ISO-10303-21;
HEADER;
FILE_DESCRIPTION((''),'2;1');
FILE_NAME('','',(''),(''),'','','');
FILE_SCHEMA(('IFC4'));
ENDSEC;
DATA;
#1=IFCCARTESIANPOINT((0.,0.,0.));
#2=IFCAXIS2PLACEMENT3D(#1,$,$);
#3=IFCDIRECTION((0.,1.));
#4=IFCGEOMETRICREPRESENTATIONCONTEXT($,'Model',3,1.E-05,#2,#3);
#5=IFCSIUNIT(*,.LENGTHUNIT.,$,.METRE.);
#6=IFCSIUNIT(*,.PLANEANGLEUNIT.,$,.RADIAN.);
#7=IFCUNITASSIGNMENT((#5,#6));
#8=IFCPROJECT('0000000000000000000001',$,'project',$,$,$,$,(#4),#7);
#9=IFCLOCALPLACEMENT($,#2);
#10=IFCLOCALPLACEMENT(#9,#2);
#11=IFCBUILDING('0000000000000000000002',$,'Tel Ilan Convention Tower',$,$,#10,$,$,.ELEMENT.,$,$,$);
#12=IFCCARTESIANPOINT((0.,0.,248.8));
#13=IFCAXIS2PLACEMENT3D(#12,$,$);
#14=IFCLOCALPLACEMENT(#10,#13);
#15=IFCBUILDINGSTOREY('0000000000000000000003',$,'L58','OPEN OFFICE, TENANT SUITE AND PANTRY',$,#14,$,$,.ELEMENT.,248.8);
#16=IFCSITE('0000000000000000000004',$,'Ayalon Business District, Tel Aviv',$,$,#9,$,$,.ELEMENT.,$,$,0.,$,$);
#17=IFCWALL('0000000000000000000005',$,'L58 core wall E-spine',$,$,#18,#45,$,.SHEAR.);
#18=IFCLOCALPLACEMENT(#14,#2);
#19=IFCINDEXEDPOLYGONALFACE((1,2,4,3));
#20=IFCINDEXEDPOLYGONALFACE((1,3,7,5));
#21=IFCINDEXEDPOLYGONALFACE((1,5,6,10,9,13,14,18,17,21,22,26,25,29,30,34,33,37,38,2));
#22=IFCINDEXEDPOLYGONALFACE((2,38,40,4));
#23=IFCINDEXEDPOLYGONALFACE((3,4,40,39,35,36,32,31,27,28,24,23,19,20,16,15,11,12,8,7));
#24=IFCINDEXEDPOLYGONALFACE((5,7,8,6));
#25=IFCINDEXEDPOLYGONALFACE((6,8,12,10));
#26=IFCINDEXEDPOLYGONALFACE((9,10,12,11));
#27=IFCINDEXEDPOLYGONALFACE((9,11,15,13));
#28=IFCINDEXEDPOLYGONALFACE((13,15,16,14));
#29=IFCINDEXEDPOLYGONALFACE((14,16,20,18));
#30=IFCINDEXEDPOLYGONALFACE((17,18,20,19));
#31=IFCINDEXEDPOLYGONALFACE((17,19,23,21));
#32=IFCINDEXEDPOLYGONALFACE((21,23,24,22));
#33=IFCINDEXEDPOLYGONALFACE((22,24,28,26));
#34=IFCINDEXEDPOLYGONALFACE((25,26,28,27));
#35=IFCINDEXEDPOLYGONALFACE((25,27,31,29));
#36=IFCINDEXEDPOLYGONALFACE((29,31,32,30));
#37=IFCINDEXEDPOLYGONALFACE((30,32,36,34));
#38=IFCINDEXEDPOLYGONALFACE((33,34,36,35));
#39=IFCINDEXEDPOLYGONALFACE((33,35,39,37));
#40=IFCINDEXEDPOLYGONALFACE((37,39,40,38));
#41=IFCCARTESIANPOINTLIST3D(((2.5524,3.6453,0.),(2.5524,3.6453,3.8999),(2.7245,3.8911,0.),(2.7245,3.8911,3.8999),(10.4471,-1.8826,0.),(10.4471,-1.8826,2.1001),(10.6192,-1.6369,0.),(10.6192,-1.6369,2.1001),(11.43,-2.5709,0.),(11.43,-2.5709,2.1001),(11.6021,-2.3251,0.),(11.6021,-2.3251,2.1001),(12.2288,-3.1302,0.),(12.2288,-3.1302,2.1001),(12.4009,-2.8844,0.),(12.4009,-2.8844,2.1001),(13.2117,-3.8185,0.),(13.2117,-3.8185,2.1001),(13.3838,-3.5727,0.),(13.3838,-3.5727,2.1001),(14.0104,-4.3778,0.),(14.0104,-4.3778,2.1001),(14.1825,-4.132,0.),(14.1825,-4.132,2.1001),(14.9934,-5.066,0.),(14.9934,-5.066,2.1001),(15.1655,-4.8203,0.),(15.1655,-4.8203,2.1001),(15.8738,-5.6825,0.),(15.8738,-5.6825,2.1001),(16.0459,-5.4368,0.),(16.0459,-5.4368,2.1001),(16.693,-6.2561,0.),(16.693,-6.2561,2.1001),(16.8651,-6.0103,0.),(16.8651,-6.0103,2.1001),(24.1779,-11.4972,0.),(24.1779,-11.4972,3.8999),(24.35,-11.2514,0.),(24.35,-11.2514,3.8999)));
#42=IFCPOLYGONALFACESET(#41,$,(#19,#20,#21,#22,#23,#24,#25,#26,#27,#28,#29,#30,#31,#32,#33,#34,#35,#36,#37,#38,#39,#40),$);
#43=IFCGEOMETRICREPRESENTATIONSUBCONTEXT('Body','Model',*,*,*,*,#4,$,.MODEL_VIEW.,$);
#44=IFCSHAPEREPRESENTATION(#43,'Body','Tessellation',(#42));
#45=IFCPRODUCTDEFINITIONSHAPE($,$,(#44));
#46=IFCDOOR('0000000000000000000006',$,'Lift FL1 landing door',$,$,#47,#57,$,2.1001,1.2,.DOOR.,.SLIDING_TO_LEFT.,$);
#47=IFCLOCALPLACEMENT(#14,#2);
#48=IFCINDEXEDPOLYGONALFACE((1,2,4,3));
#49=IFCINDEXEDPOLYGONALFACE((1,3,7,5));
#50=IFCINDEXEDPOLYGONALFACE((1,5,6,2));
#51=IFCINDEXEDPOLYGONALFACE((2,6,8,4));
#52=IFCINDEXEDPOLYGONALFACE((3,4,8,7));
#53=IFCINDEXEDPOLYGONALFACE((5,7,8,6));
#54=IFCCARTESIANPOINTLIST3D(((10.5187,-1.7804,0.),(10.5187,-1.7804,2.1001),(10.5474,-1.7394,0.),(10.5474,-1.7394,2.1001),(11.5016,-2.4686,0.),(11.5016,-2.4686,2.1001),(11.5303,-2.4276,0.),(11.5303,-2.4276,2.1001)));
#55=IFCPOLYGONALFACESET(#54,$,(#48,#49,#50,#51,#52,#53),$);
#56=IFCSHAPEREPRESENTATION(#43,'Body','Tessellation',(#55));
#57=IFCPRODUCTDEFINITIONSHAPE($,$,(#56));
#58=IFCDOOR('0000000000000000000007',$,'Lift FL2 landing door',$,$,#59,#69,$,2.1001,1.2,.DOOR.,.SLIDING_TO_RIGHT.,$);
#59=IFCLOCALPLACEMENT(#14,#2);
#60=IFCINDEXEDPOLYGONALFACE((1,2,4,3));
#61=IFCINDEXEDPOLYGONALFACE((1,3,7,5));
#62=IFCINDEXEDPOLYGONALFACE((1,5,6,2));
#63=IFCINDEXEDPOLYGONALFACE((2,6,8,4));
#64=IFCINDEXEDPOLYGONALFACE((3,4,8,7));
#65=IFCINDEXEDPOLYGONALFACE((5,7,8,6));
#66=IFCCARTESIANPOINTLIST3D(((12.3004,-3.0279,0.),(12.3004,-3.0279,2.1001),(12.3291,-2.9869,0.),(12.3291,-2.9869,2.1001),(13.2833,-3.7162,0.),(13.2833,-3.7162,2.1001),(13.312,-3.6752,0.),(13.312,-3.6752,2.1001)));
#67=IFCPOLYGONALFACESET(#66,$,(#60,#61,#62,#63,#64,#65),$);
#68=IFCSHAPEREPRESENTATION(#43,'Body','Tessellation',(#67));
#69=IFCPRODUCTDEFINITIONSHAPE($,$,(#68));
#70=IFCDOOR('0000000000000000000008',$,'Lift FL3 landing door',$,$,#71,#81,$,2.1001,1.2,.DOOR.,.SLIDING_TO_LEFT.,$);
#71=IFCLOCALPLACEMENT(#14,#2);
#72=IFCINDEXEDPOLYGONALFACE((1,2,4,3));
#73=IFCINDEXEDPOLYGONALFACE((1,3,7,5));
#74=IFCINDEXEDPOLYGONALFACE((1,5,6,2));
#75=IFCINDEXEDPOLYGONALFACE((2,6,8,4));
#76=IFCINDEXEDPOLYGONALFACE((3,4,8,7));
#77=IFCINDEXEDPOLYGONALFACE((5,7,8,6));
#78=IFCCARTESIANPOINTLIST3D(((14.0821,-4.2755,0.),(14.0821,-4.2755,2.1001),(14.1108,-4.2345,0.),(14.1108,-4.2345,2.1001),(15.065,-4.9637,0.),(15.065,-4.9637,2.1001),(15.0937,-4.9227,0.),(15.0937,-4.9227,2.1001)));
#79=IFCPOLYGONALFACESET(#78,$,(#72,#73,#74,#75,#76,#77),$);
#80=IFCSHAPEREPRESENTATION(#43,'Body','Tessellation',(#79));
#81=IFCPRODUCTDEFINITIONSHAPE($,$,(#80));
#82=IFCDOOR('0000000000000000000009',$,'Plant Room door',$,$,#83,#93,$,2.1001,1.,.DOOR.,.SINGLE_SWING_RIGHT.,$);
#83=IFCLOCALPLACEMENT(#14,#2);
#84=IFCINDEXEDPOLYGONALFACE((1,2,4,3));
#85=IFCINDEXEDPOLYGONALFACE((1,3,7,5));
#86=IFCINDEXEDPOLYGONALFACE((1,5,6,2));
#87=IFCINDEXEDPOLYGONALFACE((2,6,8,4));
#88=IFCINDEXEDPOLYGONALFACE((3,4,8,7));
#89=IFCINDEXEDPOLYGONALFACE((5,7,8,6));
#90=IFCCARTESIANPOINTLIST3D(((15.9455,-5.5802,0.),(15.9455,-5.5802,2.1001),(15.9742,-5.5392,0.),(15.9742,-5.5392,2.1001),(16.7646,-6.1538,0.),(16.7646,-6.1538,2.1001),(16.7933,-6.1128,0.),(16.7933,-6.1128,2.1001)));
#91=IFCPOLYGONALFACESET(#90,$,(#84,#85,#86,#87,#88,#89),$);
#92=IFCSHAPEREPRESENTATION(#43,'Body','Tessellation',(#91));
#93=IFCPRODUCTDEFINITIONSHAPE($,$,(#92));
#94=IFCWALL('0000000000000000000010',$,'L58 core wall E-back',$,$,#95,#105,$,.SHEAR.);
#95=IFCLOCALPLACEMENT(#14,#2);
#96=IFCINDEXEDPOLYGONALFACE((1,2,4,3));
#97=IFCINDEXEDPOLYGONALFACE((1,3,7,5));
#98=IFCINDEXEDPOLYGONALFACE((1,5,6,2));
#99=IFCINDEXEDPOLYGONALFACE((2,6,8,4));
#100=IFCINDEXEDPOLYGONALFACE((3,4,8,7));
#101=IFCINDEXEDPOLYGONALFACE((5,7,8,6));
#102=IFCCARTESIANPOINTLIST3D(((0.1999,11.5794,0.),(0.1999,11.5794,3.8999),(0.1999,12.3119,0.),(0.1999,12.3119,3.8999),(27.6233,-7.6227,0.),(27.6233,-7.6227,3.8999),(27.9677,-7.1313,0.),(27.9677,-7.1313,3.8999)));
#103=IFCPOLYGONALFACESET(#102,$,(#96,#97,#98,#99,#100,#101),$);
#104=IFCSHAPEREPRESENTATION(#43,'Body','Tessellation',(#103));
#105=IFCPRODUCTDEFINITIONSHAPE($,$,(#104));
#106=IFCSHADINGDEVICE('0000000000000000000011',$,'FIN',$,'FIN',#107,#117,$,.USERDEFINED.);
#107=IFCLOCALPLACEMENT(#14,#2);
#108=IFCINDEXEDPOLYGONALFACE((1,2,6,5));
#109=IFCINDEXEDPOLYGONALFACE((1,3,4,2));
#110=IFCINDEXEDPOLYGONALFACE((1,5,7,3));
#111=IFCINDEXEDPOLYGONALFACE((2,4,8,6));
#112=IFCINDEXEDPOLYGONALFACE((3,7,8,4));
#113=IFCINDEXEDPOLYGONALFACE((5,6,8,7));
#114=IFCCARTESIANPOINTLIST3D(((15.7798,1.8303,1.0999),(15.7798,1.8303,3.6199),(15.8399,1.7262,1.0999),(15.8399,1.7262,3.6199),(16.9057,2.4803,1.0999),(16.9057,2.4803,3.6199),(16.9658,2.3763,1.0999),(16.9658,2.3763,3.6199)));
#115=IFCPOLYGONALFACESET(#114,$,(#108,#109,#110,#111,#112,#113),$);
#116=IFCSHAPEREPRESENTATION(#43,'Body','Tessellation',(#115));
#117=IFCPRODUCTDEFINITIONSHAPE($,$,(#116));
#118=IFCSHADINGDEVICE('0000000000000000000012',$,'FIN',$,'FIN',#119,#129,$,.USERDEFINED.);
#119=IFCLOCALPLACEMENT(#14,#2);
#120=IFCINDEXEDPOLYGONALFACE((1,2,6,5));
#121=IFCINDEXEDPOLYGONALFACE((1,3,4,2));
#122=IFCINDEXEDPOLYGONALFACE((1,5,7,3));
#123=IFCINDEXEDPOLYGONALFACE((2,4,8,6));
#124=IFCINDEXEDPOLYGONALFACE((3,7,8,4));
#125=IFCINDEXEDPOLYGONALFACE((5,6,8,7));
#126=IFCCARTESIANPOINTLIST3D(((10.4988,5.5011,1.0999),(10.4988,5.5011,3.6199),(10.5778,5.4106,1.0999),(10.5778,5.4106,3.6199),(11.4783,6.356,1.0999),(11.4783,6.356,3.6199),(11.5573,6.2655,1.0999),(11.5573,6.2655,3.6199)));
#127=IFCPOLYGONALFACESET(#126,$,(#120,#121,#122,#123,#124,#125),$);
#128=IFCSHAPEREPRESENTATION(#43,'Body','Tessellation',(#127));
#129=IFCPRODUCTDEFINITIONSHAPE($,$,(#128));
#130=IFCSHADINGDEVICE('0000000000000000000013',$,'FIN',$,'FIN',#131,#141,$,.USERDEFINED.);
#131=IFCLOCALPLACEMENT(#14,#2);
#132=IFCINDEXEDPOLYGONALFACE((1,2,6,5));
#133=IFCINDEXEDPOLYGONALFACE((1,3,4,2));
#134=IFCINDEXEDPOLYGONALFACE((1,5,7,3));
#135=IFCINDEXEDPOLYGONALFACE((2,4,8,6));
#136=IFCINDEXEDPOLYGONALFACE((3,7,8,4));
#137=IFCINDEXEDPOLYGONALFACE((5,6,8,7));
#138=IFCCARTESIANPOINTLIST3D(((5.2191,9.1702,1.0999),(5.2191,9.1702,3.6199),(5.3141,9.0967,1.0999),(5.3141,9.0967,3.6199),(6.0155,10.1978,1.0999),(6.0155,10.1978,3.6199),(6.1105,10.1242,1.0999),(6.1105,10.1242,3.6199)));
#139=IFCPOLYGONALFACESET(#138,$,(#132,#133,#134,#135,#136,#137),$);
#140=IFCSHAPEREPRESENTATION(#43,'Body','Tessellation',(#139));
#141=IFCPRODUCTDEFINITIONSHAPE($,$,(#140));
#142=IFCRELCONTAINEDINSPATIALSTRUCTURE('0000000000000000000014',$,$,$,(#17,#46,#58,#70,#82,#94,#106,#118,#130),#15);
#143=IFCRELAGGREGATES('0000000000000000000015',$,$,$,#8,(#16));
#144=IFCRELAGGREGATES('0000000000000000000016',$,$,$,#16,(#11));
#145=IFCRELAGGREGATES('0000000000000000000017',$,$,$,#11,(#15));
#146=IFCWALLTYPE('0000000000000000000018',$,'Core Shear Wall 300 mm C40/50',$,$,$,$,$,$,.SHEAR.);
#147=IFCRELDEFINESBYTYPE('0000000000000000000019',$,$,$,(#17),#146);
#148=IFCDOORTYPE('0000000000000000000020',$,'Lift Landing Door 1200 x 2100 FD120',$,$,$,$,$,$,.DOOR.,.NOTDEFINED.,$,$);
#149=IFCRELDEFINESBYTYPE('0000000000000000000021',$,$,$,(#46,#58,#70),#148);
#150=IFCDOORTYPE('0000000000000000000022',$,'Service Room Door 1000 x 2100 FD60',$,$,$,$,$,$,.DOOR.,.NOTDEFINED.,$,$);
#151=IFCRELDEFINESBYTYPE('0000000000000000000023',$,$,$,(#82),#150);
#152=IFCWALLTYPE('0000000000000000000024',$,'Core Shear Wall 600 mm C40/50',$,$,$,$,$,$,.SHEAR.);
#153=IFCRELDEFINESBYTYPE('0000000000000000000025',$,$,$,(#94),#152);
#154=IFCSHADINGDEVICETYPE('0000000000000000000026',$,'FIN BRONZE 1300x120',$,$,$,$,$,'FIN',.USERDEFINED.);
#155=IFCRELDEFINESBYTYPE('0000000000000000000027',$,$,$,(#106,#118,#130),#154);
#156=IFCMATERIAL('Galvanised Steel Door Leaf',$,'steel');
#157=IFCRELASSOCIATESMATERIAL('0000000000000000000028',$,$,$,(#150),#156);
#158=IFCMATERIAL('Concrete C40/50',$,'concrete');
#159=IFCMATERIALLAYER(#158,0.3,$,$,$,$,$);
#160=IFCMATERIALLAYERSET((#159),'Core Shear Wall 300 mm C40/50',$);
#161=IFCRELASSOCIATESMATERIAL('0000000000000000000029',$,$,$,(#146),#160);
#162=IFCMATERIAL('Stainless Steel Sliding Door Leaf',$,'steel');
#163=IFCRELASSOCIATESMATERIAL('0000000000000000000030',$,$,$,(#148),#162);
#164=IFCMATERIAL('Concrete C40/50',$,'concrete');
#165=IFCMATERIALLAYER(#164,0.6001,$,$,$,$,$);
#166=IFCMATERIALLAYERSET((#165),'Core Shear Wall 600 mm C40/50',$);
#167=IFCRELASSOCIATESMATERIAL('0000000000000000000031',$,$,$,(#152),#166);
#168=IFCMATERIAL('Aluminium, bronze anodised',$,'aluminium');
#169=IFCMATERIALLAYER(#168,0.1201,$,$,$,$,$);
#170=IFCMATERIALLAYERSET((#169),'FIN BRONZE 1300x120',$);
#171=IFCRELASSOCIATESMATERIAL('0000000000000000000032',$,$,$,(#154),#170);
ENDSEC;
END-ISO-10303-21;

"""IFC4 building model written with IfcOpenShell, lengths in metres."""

from ifc_helpers import new_model, si_unit, direction, frame, frame_2d, origin, origin_2d, place, context, subcontext, project, spatial, polyline, rectangle, outline, extrude, material, layer, layer_set, type_object, element, fill, save


model = new_model("IFC4")

# Units and contexts
model_context = context("Model", 3, precision=1e-05, world=origin(), true_north=direction((0.0, 1.0)))
body_context = subcontext(model_context, "Body", "Model", "MODEL_VIEW")
ifc_project = project(units=[si_unit("LENGTHUNIT", "METRE"), si_unit("PLANEANGLEUNIT", "RADIAN")], contexts=[model_context])

# Site, building, storey
site_placement = place(None, origin())
site = spatial("IfcSite", under=ifc_project, at=site_placement, Name="Ayalon Business District, Tel Aviv", CompositionType="ELEMENT", RefElevation=0.0)
building_placement = place(site_placement, origin())
building = spatial("IfcBuilding", under=site, at=building_placement, Name="Tel Ilan Convention Tower", CompositionType="ELEMENT")
storey_placement = place(building_placement, frame((0.0, 0.0, 248.8)))
storey = spatial("IfcBuildingStorey", under=building, at=storey_placement, Name="L58", Description="OPEN OFFICE, TENANT SUITE AND PANTRY", CompositionType="ELEMENT", Elevation=248.8)

# Shared definitions
ifc_material_1 = material(Name="Galvanised Steel Door Leaf", Category="steel")
door_type_1 = type_object("IfcDoorType", Name="Service Room Door 1000 x 2100 FD60", OperationType="NOTDEFINED", PredefinedType="DOOR", material=ifc_material_1)

# Wall, openings, doors
ifc_material_2 = material(Name="Concrete C40/50", Category="concrete")
ifc_layer_1 = layer(ifc_material_2, 0.3)
ifc_layer_set_1 = layer_set([ifc_layer_1], Name="Core Shear Wall 300 mm C40/50")
wall_type_1 = type_object("IfcWallType", Name="Core Shear Wall 300 mm C40/50", PredefinedType="SHEAR", material=ifc_layer_set_1)
wall_1_placement = place(storey_placement, frame((2.6384, 3.7681, 0.0), z_axis=(0.0, 0.0, 1.0), x_axis=(0.819155, -0.573572, 0.0)))
wall_1 = element("IfcWall", 1, at=wall_1_placement, inside=storey, type_object=wall_type_1, Name="L58 core wall E-spine", PredefinedType="SHEAR", context=body_context, shape_type="SweptSolid", body=[
    extrude(outline(polyline([(0.0, 0.1501), (0.0, -0.1499), (26.3999, -0.1501), (26.3999, 0.1499), (0.0, 0.1501)])), origin(), (0.0, 0.0, 1.0), 3.8999),
])
opening_1_placement = place(wall_1_placement, frame((9.6375, 0.0, 0.0)))
opening_1 = element("IfcOpeningElement", 2, at=opening_1_placement, cuts=wall_1, PredefinedType="OPENING", context=body_context, shape_type="SweptSolid", body=[
    extrude(rectangle(XDim=1.2, YDim=2.1001, at=frame_2d((0.6001, 1.05))), frame((0.0, 0.1599, 0.0), z_axis=(0.0, -1.0, 0.0), x_axis=(1.0, 0.0, 0.0)), (0.0, 0.0, 1.0), 0.3201),
])
opening_2_placement = place(wall_1_placement, frame((11.8125, 0.0, 0.0)))
opening_2 = element("IfcOpeningElement", 3, at=opening_2_placement, cuts=wall_1, PredefinedType="OPENING", context=body_context, shape_type="SweptSolid", body=[
    extrude(rectangle(XDim=1.2, YDim=2.1001, at=frame_2d((0.6001, 1.05))), frame((0.0, 0.1599, 0.0), z_axis=(0.0, -1.0, 0.0), x_axis=(1.0, 0.0, 0.0)), (0.0, 0.0, 1.0), 0.3201),
])
opening_3_placement = place(wall_1_placement, frame((13.9875, 0.0, 0.0)))
opening_3 = element("IfcOpeningElement", 4, at=opening_3_placement, cuts=wall_1, PredefinedType="OPENING", context=body_context, shape_type="SweptSolid", body=[
    extrude(rectangle(XDim=1.2, YDim=2.1001, at=frame_2d((0.6001, 1.05))), frame((0.0, 0.1599, 0.0), z_axis=(0.0, -1.0, 0.0), x_axis=(1.0, 0.0, 0.0)), (0.0, 0.0, 1.0), 0.3201),
])
opening_4_placement = place(wall_1_placement, frame((16.2625, 0.0, 0.0)))
opening_4 = element("IfcOpeningElement", 5, at=opening_4_placement, cuts=wall_1, PredefinedType="OPENING", context=body_context, shape_type="SweptSolid", body=[
    extrude(rectangle(XDim=1.0, YDim=2.1001, at=frame_2d((0.5, 1.05))), frame((0.0, 0.1599, 0.0), z_axis=(0.0, -1.0, 0.0), x_axis=(1.0, 0.0, 0.0)), (0.0, 0.0, 1.0), 0.3201),
])
ifc_material_3 = material(Name="Stainless Steel Sliding Door Leaf", Category="steel")
door_type_2 = type_object("IfcDoorType", Name="Lift Landing Door 1200 x 2100 FD120", OperationType="NOTDEFINED", PredefinedType="DOOR", material=ifc_material_3)
door_1_placement = place(opening_1_placement, origin())
door_1 = element("IfcDoor", 6, at=door_1_placement, inside=storey, type_object=door_type_2, Name="Lift FL1 landing door", OperationType="SLIDING_TO_LEFT", OverallHeight=2.1001, OverallWidth=1.2, PredefinedType="DOOR", context=body_context, shape_type="SweptSolid", body=[
    extrude(rectangle(XDim=1.2, YDim=2.1001, at=frame_2d((0.6001, 1.05))), frame((0.0, 0.0249, 0.0), z_axis=(0.0, -1.0, 0.0), x_axis=(1.0, 0.0, 0.0)), (0.0, 0.0, 1.0), 0.05),
])
fill(opening_1, door_1)
door_2_placement = place(opening_2_placement, origin())
door_2 = element("IfcDoor", 7, at=door_2_placement, inside=storey, type_object=door_type_2, Name="Lift FL2 landing door", OperationType="SLIDING_TO_RIGHT", OverallHeight=2.1001, OverallWidth=1.2, PredefinedType="DOOR", context=body_context, shape_type="SweptSolid", body=[
    extrude(rectangle(XDim=1.2, YDim=2.1001, at=frame_2d((0.6001, 1.05))), frame((0.0, 0.0249, 0.0), z_axis=(0.0, -1.0, 0.0), x_axis=(1.0, 0.0, 0.0)), (0.0, 0.0, 1.0), 0.05),
])
fill(opening_2, door_2)
door_3_placement = place(opening_3_placement, origin())
door_3 = element("IfcDoor", 8, at=door_3_placement, inside=storey, type_object=door_type_2, Name="Lift FL3 landing door", OperationType="SLIDING_TO_LEFT", OverallHeight=2.1001, OverallWidth=1.2, PredefinedType="DOOR", context=body_context, shape_type="SweptSolid", body=[
    extrude(rectangle(XDim=1.2, YDim=2.1001, at=frame_2d((0.6001, 1.05))), frame((0.0, 0.0249, 0.0), z_axis=(0.0, -1.0, 0.0), x_axis=(1.0, 0.0, 0.0)), (0.0, 0.0, 1.0), 0.05),
])
fill(opening_3, door_3)
door_4_placement = place(opening_4_placement, origin())
door_4 = element("IfcDoor", 9, at=door_4_placement, inside=storey, type_object=door_type_1, Name="Plant Room door", OperationType="SINGLE_SWING_RIGHT", OverallHeight=2.1001, OverallWidth=1.0, PredefinedType="DOOR", context=body_context, shape_type="SweptSolid", body=[
    extrude(rectangle(XDim=1.0, YDim=2.1001, at=frame_2d((0.5, 1.05))), frame((0.0, 0.0249, 0.0), z_axis=(0.0, -1.0, 0.0), x_axis=(1.0, 0.0, 0.0)), (0.0, 0.0, 1.0), 0.05),
])
fill(opening_4, door_4)

# Wall
ifc_material_4 = material(Name="Concrete C40/50", Category="concrete")
ifc_layer_2 = layer(ifc_material_4, 0.6001)
ifc_layer_set_2 = layer_set([ifc_layer_2], Name="Core Shear Wall 600 mm C40/50")
wall_type_2 = type_object("IfcWallType", Name="Core Shear Wall 600 mm C40/50", PredefinedType="SHEAR", material=ifc_layer_set_2)
wall_2_placement = place(storey_placement, frame((0.0278, 12.0662, 0.0), z_axis=(0.0, 0.0, 1.0), x_axis=(0.819151, -0.573577, 0.0)))
element("IfcWall", 10, at=wall_2_placement, inside=storey, type_object=wall_type_2, Name="L58 core wall E-back", PredefinedType="SHEAR", context=body_context, shape_type="SweptSolid", body=[
    extrude(outline(polyline([(33.8982, 0.3), (0.0, 0.3), (0.4202, -0.3), (33.8979, -0.3), (33.8982, 0.3)])), origin(), (0.0, 0.0, 1.0), 3.8999),
])

# Shading devices
ifc_material_5 = material(Name="Aluminium, bronze anodised", Category="aluminium")
ifc_layer_3 = layer(ifc_material_5, 0.1201)
ifc_layer_set_3 = layer_set([ifc_layer_3], Name="FIN BRONZE 1300x120")
shading_device_type_1 = type_object("IfcShadingDeviceType", Name="FIN BRONZE 1300x120", ElementType="FIN", PredefinedType="USERDEFINED", material=ifc_layer_set_3)
for number, where, z_axis, x_axis, name in (
    (11, (16.3728, 2.1033, 1.0999), (0.0, 0.0, 1.0), (0.866025, 0.5, 0.0), "FIN"),
    (12, (11.0281, 5.8833, 1.0999), (0.0, 0.0, 1.0), (0.753436, 0.657521, 0.0), "FIN"),
    (13, (5.6648, 9.6472, 1.0999), (0.0, 0.0, 1.0), (0.612601, 0.790393, 0.0), "FIN"),
):
    element("IfcShadingDevice", number, at=place(storey_placement, frame(where, z_axis=z_axis, x_axis=x_axis)), inside=storey, type_object=shading_device_type_1, Name=name, ObjectType="FIN", PredefinedType="USERDEFINED", context=body_context, shape_type="SweptSolid", body=[
        extrude(rectangle(XDim=1.3, YDim=0.1201, at=origin_2d()), origin(), (0.0, 0.0, 1.0), 2.52),
    ])

save(model, "model.ifc")
